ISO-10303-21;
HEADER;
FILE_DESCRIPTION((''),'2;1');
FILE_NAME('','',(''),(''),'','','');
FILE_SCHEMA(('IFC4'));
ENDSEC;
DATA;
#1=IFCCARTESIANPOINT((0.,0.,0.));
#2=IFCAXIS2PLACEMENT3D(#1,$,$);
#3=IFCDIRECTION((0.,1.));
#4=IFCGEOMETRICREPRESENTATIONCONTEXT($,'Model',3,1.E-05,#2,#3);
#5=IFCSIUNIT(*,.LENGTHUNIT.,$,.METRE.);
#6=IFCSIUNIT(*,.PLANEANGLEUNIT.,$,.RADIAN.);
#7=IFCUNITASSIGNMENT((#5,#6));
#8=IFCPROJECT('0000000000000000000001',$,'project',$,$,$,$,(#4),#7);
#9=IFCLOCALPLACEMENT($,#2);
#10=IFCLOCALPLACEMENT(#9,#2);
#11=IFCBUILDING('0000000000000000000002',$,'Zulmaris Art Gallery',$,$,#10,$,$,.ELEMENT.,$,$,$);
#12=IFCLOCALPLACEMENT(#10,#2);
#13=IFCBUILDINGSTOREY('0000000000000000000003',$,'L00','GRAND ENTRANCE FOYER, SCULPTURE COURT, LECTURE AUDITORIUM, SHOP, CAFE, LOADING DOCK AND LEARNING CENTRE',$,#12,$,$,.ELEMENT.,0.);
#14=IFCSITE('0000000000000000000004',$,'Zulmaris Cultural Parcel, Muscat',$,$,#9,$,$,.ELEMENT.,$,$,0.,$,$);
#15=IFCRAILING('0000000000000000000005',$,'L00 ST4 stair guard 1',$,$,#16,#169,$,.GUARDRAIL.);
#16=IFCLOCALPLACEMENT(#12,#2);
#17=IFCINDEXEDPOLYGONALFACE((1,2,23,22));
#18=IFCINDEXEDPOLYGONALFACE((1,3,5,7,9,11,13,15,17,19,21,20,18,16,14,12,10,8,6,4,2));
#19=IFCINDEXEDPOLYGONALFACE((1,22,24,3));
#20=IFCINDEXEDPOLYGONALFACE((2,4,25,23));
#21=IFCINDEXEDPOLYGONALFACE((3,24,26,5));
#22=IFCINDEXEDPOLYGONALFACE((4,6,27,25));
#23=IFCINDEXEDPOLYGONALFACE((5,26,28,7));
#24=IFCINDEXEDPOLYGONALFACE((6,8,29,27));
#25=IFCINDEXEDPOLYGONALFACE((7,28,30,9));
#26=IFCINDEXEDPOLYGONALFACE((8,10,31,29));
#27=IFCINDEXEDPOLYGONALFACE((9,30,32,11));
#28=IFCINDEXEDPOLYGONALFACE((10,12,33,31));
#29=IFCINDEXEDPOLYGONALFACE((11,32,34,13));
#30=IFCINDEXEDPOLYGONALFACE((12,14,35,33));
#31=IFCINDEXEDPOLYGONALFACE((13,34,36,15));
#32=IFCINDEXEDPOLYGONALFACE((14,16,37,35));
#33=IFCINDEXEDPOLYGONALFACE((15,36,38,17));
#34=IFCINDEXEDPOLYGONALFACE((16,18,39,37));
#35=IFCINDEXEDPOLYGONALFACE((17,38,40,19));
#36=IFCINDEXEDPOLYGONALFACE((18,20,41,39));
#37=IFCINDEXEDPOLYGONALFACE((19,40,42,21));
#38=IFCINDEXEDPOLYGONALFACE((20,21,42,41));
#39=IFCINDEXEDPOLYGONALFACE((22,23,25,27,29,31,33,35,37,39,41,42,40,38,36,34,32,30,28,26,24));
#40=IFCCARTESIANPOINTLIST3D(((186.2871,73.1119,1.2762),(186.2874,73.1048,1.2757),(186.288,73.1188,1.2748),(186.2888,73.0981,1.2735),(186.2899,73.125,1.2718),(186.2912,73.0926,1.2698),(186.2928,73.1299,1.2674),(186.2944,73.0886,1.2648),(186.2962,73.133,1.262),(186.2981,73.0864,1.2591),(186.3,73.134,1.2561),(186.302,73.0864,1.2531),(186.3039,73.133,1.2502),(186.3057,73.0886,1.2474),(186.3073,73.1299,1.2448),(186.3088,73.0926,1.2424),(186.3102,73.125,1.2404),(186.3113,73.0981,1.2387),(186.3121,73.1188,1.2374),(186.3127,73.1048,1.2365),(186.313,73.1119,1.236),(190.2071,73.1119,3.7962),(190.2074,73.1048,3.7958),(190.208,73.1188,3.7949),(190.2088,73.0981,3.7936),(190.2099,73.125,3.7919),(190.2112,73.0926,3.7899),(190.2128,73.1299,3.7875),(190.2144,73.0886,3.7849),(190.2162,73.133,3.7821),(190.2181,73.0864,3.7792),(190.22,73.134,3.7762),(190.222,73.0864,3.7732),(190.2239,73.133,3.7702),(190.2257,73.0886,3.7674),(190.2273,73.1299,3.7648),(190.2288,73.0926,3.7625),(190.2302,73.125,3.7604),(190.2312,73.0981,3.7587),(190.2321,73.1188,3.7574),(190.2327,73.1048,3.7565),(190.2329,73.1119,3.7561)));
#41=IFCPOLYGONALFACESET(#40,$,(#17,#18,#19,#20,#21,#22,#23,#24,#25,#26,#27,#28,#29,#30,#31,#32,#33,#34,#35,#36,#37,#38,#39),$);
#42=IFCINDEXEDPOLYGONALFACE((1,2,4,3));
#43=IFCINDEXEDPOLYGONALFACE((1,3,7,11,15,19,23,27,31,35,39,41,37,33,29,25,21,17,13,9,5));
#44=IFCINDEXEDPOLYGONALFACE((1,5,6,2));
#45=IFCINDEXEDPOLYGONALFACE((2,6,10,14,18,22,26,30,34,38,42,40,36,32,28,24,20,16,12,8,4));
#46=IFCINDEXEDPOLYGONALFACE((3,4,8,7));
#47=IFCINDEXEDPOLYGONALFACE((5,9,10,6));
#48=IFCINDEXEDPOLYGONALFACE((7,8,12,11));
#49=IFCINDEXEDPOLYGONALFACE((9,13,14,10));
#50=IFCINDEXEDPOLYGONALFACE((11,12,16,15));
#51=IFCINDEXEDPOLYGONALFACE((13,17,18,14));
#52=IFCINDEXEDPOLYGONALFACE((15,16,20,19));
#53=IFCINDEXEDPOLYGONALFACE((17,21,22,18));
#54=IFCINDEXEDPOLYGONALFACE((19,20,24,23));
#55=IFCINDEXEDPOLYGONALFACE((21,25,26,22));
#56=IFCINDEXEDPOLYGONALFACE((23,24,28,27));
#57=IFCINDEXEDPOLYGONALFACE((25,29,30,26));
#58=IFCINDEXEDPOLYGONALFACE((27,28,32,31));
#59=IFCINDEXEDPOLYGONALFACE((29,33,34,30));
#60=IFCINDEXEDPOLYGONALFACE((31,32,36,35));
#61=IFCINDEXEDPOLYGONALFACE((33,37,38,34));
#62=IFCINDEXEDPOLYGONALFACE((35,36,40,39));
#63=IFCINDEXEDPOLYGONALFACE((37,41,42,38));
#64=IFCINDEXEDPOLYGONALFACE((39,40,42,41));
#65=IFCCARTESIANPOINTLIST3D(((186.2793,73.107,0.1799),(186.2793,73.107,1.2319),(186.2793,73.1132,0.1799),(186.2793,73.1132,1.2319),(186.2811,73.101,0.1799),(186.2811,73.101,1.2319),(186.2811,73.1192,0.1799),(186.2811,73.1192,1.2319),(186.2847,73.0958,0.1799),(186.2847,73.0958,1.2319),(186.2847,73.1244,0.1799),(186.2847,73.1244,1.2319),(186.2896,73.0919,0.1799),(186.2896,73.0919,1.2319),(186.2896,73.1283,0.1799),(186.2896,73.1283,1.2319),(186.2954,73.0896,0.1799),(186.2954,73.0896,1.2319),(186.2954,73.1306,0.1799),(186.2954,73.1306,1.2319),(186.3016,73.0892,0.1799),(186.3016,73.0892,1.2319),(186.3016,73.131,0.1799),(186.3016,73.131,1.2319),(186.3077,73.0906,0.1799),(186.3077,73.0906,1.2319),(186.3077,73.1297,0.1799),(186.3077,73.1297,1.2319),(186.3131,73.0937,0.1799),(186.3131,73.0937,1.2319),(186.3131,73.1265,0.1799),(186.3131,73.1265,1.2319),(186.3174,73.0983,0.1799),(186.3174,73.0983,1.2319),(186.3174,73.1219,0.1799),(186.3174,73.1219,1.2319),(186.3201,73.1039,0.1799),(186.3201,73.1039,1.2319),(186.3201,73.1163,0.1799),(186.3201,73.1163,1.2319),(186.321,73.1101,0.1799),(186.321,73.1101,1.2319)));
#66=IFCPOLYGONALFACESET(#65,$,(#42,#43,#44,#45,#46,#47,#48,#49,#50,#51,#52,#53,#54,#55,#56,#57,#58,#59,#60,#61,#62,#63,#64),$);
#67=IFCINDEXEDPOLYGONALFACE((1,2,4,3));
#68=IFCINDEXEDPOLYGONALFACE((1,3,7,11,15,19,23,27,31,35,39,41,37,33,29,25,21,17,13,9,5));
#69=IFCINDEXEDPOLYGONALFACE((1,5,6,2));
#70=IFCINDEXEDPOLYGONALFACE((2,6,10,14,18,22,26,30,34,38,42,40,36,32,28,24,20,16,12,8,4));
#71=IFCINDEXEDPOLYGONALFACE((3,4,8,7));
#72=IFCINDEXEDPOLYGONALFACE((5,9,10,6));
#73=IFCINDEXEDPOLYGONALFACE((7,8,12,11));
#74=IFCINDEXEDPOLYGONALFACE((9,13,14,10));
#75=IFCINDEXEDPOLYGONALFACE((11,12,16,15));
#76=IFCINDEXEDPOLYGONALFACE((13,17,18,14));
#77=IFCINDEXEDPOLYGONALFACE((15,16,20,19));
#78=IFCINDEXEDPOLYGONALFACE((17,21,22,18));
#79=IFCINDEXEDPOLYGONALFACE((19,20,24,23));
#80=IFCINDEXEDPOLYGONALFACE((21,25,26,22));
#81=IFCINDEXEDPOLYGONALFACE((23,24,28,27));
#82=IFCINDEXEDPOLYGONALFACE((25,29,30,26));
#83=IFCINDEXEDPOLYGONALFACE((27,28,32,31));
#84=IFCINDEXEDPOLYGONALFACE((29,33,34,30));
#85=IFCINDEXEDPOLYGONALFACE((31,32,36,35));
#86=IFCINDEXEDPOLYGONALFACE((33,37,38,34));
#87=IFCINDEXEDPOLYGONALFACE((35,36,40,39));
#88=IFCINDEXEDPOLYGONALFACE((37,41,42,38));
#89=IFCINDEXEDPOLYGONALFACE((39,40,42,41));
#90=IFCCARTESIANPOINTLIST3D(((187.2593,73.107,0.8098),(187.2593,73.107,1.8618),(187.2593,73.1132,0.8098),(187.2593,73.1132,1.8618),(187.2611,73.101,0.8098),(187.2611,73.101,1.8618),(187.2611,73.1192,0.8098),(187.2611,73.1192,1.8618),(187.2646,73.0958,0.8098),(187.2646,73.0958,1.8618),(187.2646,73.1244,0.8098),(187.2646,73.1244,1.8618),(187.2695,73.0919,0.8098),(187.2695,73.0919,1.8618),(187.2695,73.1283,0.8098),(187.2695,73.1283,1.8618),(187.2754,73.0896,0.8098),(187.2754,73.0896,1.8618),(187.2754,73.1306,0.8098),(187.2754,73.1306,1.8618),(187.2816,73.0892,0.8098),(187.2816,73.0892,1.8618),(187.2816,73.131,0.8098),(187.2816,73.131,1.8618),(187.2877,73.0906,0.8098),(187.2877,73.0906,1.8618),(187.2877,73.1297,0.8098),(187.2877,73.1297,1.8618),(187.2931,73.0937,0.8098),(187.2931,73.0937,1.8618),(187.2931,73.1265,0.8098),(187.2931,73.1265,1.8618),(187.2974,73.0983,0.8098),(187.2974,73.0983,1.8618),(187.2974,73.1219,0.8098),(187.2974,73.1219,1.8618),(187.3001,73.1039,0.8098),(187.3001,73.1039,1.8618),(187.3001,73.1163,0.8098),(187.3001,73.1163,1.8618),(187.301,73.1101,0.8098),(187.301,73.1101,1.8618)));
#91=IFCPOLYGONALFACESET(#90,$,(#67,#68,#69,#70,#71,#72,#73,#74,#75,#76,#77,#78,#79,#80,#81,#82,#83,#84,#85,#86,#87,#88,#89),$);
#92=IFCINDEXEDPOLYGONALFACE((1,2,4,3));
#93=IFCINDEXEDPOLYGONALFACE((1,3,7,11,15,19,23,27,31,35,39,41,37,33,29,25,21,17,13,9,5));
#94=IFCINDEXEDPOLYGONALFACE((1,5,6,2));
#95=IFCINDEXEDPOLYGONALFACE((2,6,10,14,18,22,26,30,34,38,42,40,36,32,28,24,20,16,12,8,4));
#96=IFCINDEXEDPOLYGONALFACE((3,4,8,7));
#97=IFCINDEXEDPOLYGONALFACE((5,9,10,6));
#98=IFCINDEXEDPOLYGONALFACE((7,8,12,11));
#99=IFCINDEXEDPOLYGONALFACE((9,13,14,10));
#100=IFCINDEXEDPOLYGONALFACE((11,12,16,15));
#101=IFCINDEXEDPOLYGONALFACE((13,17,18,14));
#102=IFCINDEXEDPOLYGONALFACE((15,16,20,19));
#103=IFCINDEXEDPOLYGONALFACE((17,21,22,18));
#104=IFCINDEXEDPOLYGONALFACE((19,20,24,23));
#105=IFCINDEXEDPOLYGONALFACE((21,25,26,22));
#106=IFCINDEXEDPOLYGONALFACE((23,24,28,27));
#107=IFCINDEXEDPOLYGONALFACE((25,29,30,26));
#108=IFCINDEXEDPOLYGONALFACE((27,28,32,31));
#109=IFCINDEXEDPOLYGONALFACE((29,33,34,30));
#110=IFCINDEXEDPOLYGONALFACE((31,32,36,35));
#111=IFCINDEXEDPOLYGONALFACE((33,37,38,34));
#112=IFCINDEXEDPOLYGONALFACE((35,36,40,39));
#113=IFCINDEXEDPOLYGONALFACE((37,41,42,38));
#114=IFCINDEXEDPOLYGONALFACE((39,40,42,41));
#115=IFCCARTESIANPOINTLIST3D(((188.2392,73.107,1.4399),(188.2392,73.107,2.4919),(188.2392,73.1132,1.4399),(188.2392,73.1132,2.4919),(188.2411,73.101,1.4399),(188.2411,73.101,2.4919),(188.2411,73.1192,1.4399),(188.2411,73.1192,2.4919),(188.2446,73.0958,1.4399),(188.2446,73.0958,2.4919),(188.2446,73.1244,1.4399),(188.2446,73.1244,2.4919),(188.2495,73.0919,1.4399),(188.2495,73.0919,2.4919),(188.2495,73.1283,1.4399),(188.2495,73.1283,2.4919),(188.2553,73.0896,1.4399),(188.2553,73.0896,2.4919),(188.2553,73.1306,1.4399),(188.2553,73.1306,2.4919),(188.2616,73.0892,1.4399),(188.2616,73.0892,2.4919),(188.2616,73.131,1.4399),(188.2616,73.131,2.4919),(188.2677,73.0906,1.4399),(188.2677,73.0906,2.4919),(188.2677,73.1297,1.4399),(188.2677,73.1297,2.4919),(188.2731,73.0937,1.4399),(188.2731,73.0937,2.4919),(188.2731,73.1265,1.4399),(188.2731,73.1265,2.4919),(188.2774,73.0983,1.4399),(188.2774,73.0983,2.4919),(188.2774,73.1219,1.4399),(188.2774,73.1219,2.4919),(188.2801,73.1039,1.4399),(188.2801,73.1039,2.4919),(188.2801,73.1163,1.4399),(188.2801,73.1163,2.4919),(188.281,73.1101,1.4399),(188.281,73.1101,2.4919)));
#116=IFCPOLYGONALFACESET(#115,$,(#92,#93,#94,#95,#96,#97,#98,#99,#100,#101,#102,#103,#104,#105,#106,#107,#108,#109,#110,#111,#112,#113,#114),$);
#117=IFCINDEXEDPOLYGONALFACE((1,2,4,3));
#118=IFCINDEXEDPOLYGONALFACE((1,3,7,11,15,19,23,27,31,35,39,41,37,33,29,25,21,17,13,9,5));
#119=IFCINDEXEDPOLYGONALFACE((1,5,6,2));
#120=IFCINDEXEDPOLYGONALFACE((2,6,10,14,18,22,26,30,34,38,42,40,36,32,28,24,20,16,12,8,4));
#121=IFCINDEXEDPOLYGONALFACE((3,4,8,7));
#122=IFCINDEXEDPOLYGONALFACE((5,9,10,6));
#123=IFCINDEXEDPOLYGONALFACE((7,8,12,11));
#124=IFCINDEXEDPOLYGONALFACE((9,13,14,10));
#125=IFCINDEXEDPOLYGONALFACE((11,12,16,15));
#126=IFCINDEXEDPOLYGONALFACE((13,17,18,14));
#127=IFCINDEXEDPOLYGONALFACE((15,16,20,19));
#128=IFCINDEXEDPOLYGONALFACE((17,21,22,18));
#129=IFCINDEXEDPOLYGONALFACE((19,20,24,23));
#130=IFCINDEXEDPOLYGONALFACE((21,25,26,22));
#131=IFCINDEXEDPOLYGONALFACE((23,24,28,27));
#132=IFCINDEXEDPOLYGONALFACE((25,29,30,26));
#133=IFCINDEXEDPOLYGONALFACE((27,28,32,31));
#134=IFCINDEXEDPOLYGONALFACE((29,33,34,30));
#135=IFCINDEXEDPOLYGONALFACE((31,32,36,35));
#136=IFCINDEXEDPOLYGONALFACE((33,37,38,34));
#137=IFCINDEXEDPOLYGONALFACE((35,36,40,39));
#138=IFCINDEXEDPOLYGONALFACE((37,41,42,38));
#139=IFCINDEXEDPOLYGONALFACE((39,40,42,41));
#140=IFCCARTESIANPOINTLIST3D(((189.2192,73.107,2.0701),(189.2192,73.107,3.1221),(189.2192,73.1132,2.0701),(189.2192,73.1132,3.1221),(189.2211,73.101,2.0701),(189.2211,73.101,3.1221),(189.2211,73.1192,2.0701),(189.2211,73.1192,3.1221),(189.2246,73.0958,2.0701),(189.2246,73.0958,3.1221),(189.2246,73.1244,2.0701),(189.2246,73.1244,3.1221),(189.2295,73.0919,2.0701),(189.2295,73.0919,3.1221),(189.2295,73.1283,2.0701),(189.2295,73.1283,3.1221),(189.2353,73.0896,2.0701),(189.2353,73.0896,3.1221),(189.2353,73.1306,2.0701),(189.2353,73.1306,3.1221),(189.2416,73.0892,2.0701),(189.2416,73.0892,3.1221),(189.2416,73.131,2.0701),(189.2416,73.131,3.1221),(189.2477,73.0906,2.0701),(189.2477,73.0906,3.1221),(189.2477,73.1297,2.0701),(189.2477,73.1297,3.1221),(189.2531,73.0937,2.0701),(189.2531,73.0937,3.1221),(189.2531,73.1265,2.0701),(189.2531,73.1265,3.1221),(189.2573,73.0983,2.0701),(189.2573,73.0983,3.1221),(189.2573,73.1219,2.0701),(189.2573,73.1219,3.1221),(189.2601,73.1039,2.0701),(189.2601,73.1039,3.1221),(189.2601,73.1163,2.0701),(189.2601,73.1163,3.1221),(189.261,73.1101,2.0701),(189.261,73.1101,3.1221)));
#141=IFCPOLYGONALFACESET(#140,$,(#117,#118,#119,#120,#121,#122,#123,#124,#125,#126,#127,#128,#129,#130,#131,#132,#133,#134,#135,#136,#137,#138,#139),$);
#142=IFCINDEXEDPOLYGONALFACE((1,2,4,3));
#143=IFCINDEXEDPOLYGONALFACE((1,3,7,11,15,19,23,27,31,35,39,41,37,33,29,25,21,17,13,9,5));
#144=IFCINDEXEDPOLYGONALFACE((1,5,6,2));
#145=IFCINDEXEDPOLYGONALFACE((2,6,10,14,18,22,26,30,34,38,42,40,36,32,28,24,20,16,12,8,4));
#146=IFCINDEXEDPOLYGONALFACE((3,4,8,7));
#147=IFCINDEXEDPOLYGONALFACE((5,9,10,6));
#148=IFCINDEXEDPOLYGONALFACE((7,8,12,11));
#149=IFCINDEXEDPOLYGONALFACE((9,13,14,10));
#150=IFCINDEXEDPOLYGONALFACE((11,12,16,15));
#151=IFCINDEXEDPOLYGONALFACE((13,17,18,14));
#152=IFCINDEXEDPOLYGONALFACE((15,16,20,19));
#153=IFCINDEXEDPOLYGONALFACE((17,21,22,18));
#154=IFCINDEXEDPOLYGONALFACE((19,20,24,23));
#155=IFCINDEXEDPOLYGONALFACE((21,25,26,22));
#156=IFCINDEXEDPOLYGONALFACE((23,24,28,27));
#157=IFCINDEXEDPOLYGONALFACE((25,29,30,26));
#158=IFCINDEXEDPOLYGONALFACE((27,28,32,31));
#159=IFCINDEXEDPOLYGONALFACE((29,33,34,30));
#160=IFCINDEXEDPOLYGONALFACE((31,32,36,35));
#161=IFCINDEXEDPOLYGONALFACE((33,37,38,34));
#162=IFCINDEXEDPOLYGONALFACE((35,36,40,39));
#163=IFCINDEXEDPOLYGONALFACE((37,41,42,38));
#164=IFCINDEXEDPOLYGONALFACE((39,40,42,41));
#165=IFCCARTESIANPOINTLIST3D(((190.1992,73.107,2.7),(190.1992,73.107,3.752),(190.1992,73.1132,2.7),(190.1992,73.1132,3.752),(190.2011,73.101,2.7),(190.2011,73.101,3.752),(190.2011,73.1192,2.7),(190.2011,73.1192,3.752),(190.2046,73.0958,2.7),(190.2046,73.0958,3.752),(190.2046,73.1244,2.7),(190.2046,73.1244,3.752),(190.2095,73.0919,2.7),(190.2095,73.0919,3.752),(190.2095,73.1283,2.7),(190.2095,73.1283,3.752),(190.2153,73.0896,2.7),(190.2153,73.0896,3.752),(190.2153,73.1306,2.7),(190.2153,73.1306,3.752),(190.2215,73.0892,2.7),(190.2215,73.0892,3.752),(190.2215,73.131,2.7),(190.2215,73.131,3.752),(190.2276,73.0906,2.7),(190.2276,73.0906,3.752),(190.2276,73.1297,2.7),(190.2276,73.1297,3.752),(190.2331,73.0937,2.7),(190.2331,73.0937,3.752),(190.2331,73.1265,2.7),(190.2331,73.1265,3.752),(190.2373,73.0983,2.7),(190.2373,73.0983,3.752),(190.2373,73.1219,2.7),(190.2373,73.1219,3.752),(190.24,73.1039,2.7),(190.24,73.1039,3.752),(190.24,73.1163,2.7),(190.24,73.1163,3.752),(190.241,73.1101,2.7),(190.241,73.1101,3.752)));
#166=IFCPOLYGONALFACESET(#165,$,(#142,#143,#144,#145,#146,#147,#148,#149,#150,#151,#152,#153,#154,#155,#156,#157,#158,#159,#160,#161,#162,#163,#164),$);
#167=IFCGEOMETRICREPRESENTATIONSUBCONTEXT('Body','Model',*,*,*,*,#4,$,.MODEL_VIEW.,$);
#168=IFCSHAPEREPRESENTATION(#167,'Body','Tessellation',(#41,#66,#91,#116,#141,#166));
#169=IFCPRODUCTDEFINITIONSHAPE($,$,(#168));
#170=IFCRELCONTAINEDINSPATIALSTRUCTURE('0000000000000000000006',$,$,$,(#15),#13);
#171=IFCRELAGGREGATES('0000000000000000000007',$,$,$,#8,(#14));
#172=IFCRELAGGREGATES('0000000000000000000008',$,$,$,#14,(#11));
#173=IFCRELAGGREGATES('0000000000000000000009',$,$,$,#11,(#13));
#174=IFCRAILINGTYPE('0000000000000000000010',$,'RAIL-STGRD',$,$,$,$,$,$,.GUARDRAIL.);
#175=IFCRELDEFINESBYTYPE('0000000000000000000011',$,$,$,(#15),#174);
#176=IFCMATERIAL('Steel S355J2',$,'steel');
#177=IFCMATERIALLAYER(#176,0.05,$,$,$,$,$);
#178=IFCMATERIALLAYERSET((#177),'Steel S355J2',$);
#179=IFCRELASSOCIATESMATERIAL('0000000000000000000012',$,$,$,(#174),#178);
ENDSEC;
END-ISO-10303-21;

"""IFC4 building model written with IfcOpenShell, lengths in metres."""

from ifc_helpers import new_model, si_unit, direction, frame, origin, origin_2d, place, context, subcontext, project, spatial, circle, extrude, material, layer, layer_set, type_object, element, save


model = new_model("IFC4")

# Units and contexts
model_context = context("Model", 3, precision=1e-05, world=origin(), true_north=direction((0.0, 1.0)))
body_context = subcontext(model_context, "Body", "Model", "MODEL_VIEW")
ifc_project = project(units=[si_unit("LENGTHUNIT", "METRE"), si_unit("PLANEANGLEUNIT", "RADIAN")], contexts=[model_context])

# Site, building, storey
site_placement = place(None, origin())
site = spatial("IfcSite", under=ifc_project, at=site_placement, Name="Zulmaris Cultural Parcel, Muscat", CompositionType="ELEMENT", RefElevation=0.0)
building_placement = place(site_placement, origin())
building = spatial("IfcBuilding", under=site, at=building_placement, Name="Zulmaris Art Gallery", CompositionType="ELEMENT")
storey_placement = place(building_placement, origin())
storey = spatial("IfcBuildingStorey", under=building, at=storey_placement, Name="L00", Description="GRAND ENTRANCE FOYER, SCULPTURE COURT, LECTURE AUDITORIUM, SHOP, CAFE, LOADING DOCK AND LEARNING CENTRE", CompositionType="ELEMENT", Elevation=0.0)

# Railing
ifc_material_1 = material(Name="Steel S355J2", Category="steel")
ifc_layer_1 = layer(ifc_material_1, 0.05)
ifc_layer_set_1 = layer_set([ifc_layer_1], Name="Steel S355J2")
railing_type_1 = type_object("IfcRailingType", Name="RAIL-STGRD", PredefinedType="GUARDRAIL", material=ifc_layer_set_1)
railing_1_placement = place(storey_placement, frame((186.3, 73.1101, 0.1799)))
element("IfcRailing", 1, at=railing_1_placement, inside=storey, type_object=railing_type_1, Name="L00 ST4 stair guard 1", PredefinedType="GUARDRAIL", context=body_context, shape_type="SweptSolid", body=[
    extrude(circle(Radius=0.0239, at=origin_2d()), frame((0.0, 0.0, 1.0762), z_axis=(0.841172, 0.0, 0.540768), x_axis=(0.0, 1.0, 0.0)), (0.0, 0.0, 1.0), 4.6602),
    extrude(circle(Radius=0.021, at=origin_2d()), origin(), (0.0, 0.0, 1.0), 1.052),
    extrude(circle(Radius=0.021, at=origin_2d()), frame((0.98, 0.0, 0.6299)), (0.0, 0.0, 1.0), 1.052),
    extrude(circle(Radius=0.021, at=origin_2d()), frame((1.96, 0.0, 1.26)), (0.0, 0.0, 1.0), 1.052),
    extrude(circle(Radius=0.021, at=origin_2d()), frame((2.9399, 0.0, 1.8901)), (0.0, 0.0, 1.0), 1.052),
    extrude(circle(Radius=0.021, at=origin_2d()), frame((3.9199, 0.0, 2.52)), (0.0, 0.0, 1.0), 1.052),
])

save(model, "model.ifc")
